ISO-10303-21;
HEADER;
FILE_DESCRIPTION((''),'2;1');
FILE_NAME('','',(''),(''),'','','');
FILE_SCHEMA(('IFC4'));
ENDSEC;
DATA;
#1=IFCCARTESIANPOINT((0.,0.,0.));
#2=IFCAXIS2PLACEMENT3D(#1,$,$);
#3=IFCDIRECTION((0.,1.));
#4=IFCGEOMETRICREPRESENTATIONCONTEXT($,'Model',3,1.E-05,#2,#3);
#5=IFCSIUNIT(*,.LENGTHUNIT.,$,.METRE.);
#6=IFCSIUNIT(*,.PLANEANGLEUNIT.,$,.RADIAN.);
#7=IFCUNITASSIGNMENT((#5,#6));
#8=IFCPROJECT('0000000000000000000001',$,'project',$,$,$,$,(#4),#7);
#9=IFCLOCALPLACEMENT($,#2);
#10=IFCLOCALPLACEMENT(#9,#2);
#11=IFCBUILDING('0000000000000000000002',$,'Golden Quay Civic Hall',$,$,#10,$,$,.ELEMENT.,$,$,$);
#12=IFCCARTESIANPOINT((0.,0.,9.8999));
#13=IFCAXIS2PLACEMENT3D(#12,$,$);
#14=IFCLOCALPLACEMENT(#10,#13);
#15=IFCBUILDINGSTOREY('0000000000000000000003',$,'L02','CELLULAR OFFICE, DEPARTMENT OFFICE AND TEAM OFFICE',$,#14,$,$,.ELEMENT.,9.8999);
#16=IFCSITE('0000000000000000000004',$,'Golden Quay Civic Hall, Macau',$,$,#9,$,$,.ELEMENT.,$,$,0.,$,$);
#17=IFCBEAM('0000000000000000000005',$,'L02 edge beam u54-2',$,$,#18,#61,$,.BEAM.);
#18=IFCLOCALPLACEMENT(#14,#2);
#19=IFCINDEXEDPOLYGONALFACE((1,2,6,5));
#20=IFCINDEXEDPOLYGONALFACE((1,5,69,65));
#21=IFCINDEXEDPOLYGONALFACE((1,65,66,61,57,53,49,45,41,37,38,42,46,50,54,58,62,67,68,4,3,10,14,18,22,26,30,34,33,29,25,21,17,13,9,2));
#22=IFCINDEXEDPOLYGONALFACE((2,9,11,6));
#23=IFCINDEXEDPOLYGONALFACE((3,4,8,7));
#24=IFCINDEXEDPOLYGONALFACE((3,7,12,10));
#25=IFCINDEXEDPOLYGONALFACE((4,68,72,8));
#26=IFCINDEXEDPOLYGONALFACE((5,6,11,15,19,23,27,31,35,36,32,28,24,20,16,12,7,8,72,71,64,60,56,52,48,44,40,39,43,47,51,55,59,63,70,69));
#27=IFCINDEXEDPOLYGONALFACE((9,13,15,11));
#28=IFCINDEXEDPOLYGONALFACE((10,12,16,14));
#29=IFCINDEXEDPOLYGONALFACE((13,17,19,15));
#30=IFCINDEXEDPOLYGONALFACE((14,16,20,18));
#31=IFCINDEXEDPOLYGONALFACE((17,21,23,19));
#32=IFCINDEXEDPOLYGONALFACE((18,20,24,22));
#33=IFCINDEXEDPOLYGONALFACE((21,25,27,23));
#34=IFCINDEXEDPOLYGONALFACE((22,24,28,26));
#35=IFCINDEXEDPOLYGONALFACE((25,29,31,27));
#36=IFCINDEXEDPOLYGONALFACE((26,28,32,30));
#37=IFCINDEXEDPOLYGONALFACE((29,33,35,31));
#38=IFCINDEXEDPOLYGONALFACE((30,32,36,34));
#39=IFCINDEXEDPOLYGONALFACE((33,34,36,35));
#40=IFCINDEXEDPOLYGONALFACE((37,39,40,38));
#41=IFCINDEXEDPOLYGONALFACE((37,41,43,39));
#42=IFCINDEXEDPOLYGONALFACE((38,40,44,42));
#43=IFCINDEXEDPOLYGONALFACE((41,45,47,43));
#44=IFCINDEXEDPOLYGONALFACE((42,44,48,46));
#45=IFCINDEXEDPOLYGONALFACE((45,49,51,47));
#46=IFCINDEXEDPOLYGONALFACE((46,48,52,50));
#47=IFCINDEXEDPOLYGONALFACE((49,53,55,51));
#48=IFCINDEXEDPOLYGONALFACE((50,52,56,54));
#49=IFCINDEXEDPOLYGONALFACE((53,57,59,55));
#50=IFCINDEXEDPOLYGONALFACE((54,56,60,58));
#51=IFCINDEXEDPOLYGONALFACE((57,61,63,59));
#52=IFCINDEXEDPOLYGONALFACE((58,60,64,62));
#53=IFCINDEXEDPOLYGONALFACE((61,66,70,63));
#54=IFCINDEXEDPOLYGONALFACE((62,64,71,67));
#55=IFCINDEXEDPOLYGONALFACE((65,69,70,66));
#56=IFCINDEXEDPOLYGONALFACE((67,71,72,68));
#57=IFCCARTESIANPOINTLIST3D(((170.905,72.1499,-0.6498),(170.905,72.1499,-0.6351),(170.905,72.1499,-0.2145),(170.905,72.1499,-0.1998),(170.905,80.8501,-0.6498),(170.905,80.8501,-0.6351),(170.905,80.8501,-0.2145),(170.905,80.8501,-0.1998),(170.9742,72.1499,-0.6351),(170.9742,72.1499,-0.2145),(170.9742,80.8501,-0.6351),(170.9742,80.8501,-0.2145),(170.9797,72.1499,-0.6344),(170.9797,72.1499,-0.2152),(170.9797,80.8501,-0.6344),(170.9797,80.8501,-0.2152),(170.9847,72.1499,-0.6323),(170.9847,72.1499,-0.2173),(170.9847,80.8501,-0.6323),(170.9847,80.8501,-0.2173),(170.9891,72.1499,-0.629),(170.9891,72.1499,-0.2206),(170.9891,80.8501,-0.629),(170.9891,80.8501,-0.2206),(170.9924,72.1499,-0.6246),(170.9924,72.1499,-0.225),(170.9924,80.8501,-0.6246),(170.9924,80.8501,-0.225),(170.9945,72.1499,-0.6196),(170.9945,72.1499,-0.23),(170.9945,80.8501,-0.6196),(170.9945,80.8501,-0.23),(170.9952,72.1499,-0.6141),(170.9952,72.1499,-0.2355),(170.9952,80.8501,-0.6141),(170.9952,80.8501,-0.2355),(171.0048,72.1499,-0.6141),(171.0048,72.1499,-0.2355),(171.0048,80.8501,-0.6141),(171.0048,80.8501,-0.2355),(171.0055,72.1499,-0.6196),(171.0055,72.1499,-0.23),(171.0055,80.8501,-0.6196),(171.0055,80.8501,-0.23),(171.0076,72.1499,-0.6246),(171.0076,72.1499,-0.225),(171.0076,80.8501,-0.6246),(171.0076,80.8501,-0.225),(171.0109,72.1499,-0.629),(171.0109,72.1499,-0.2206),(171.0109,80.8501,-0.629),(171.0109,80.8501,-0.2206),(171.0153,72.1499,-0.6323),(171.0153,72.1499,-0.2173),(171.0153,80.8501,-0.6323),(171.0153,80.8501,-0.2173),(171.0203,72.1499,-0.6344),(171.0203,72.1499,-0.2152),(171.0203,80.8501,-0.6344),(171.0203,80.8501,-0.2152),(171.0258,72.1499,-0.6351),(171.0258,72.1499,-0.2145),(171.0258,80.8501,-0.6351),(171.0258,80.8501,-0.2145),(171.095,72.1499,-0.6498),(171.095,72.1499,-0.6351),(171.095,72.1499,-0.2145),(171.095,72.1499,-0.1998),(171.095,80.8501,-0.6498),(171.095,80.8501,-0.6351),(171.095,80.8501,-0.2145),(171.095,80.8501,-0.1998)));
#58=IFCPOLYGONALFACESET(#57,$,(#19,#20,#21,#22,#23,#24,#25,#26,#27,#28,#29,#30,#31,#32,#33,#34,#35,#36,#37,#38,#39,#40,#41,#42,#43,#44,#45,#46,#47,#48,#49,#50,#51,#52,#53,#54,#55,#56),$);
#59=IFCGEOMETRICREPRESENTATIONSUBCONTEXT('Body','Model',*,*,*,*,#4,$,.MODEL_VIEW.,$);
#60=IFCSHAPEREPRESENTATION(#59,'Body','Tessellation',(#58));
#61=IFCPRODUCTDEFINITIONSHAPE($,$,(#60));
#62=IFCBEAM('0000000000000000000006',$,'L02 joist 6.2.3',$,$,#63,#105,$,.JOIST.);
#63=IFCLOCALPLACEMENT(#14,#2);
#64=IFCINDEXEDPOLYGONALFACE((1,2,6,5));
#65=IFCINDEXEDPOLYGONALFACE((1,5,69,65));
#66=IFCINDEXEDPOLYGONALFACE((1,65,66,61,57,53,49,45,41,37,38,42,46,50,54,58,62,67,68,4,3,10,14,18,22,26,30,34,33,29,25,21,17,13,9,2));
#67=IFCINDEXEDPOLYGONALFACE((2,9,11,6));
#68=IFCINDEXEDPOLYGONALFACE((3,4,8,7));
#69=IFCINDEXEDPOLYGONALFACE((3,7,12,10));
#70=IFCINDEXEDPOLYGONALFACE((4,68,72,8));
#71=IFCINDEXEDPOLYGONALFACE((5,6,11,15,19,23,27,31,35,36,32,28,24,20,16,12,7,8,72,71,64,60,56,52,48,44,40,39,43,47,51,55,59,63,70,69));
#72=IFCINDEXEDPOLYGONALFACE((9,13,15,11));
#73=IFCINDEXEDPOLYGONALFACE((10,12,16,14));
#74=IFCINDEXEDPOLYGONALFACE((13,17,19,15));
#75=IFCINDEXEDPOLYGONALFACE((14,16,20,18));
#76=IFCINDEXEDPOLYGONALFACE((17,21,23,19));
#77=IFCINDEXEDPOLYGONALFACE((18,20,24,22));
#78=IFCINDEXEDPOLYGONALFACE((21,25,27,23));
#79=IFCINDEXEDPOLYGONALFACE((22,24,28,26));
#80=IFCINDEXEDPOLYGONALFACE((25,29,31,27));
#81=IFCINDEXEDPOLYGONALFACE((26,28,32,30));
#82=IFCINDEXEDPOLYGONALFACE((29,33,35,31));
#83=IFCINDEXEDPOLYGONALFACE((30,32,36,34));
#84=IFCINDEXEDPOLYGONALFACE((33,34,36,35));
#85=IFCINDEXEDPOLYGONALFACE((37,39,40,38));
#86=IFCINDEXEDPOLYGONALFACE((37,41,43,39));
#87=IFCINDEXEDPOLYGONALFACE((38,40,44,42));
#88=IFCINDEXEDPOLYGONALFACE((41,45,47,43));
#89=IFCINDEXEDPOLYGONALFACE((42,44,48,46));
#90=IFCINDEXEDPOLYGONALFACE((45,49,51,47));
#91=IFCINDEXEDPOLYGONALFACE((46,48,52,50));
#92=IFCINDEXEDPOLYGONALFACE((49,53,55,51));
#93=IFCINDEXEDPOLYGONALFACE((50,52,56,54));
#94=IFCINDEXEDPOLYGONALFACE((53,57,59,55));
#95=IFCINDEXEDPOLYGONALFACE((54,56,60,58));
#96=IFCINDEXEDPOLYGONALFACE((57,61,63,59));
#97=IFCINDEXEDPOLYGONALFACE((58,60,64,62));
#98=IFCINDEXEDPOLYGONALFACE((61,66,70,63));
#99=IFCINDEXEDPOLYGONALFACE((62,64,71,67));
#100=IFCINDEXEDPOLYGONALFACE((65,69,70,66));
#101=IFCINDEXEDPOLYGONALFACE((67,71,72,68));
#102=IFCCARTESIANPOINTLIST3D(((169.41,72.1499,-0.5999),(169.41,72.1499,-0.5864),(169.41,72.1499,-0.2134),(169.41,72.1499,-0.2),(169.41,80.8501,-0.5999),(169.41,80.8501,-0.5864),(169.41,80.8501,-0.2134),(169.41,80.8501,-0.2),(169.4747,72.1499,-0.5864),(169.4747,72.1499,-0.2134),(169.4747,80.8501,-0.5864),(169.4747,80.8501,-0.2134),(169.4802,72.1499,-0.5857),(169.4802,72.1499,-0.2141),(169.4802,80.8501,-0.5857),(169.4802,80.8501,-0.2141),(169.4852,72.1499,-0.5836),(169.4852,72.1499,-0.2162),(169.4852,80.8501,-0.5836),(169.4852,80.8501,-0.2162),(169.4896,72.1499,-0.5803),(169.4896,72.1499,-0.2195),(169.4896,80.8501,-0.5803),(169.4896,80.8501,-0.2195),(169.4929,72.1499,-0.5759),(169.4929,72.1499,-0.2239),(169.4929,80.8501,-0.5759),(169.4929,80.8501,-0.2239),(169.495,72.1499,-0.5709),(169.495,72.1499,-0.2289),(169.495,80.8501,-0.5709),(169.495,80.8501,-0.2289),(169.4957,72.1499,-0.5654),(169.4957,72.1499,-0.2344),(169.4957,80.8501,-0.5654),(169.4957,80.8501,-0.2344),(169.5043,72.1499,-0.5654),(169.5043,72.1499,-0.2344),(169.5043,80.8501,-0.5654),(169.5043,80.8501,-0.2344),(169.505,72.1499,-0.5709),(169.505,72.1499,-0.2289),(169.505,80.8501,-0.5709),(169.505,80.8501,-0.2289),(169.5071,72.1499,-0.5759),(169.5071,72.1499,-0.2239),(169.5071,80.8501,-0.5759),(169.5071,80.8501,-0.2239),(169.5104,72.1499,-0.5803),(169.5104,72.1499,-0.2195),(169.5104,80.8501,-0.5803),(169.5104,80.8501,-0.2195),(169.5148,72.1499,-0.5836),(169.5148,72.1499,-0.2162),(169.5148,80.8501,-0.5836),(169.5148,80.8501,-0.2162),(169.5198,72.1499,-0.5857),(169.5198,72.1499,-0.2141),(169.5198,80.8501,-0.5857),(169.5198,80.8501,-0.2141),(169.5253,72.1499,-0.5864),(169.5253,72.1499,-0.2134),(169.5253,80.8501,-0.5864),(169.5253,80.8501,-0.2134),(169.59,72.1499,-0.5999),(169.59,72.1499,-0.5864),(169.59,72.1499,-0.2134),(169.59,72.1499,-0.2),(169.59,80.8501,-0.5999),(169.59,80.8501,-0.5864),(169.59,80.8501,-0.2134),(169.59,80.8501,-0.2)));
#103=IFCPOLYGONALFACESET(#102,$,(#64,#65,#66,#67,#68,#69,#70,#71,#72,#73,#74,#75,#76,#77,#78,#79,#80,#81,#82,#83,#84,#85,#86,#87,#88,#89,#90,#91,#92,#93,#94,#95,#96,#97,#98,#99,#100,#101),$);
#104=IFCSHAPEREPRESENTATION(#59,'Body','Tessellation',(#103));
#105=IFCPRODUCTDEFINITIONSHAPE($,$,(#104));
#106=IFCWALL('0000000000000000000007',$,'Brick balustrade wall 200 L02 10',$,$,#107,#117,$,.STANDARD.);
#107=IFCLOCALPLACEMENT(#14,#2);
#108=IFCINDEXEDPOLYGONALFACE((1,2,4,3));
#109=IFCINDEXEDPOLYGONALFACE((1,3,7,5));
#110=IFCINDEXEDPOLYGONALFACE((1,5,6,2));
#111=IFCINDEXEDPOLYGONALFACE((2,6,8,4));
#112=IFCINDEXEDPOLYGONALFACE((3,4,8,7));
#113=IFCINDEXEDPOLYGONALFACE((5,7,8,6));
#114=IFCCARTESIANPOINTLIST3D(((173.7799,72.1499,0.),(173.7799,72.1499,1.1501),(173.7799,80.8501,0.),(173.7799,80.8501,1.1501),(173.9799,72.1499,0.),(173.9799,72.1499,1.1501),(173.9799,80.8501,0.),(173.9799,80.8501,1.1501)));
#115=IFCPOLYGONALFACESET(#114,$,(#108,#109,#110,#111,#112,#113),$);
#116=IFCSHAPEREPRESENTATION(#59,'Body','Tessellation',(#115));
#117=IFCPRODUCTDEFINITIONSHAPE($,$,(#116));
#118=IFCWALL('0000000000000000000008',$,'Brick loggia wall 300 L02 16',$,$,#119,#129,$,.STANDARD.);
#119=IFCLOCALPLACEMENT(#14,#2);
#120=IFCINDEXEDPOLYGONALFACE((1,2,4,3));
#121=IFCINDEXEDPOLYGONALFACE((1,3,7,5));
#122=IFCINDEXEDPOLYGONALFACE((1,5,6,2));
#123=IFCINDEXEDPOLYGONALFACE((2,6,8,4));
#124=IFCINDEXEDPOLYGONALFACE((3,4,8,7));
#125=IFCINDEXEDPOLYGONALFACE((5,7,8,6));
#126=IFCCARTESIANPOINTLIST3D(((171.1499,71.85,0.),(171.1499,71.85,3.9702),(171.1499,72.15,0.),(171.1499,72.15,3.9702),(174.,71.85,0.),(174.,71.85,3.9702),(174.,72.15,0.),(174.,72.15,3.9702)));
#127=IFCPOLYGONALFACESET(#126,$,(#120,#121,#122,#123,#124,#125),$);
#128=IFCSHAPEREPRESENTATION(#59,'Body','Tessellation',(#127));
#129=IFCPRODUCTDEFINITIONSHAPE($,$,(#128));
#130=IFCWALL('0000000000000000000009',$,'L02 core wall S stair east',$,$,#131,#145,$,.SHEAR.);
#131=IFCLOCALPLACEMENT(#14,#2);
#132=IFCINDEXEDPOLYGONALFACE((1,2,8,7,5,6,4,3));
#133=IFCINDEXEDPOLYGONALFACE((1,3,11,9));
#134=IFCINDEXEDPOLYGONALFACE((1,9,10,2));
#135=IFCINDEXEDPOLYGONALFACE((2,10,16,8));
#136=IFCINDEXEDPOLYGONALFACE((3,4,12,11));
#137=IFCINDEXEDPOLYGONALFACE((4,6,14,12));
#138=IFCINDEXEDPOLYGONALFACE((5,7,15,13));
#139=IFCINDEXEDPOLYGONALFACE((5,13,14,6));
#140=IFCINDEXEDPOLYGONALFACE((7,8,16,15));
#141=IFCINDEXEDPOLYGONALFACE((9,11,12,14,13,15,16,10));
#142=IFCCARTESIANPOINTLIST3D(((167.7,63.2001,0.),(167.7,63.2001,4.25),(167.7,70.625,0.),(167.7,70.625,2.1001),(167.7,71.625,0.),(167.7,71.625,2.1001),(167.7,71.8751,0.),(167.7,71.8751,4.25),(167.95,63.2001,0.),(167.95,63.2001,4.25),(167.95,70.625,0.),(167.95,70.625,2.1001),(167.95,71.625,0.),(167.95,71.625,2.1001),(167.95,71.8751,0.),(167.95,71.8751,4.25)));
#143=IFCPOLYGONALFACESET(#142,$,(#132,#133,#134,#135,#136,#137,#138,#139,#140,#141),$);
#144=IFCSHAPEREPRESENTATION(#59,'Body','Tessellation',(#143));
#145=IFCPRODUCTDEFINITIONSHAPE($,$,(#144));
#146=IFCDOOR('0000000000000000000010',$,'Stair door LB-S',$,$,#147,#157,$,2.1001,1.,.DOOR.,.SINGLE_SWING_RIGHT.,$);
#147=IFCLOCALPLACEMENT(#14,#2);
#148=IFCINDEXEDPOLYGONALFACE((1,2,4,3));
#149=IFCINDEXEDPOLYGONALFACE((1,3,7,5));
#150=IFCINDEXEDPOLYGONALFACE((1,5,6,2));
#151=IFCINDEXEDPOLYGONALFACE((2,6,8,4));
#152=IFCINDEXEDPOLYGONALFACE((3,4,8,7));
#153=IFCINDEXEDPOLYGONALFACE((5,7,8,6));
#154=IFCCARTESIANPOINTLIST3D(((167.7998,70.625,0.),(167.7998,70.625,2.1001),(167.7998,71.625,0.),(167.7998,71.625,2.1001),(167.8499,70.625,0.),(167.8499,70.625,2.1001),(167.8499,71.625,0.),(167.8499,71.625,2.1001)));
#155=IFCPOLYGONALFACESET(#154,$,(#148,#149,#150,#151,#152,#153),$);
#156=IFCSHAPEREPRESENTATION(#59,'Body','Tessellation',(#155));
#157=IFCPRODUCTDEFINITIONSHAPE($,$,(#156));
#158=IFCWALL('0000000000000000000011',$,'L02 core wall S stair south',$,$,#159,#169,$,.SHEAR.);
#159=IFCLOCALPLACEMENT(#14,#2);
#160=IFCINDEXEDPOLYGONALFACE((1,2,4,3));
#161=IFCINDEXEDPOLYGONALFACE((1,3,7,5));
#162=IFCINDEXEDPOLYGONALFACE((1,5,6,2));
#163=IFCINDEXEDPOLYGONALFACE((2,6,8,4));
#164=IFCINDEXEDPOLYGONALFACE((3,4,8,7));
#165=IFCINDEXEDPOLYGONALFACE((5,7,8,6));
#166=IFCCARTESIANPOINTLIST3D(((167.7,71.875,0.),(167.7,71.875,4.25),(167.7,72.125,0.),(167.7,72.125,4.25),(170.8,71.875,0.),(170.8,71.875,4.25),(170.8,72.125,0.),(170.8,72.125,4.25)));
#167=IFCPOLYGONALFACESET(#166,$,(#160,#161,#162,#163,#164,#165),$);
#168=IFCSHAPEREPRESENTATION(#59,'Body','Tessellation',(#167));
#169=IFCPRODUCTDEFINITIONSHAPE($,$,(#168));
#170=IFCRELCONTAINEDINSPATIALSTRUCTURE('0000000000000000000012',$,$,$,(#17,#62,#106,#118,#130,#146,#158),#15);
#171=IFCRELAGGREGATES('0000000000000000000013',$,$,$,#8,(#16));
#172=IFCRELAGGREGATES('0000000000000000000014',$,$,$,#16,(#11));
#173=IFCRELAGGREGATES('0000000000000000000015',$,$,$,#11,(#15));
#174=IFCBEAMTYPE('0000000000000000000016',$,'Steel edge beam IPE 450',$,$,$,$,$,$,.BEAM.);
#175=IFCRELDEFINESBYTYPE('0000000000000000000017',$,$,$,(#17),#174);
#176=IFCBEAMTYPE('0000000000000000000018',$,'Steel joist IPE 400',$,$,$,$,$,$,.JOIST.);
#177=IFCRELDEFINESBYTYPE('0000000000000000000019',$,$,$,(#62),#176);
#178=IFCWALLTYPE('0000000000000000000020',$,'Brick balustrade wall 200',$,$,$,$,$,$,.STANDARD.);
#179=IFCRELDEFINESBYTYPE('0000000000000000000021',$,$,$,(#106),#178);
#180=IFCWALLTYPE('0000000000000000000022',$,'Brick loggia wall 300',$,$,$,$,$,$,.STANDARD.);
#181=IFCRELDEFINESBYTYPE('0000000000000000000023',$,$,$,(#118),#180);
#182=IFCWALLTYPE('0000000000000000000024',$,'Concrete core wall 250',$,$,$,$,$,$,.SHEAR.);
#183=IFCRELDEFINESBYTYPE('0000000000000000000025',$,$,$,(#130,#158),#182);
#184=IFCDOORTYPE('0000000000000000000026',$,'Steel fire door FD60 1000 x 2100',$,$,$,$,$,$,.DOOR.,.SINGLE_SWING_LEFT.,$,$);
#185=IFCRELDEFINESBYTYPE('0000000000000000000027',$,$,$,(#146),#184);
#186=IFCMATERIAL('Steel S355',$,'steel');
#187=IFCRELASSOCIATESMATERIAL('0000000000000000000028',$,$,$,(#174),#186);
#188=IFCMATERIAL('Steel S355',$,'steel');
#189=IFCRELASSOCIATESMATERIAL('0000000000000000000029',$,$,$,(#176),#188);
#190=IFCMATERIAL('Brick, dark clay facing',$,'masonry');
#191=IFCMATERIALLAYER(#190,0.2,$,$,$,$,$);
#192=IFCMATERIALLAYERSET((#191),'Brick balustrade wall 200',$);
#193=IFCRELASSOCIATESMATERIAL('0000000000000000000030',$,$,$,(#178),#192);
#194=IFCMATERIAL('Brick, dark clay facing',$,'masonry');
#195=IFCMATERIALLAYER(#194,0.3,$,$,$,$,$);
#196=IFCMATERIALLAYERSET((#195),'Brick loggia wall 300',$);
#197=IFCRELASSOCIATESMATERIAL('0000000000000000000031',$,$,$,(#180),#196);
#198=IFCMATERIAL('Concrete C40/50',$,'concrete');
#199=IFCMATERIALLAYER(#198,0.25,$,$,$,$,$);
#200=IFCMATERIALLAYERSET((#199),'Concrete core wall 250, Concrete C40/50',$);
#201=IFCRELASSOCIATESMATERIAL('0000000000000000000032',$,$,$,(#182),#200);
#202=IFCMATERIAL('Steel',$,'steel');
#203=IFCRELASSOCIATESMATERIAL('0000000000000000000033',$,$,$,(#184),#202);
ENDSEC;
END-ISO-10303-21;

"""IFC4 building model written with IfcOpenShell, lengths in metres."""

from ifc_helpers import new_model, si_unit, direction, frame, frame_2d, origin, origin_2d, place, context, subcontext, project, spatial, rectangle, i_section, extrude, material, layer, layer_set, material_profile, profile_set, type_object, element, fill, save


model = new_model("IFC4")

# Units and contexts
model_context = context("Model", 3, precision=1e-05, world=origin(), true_north=direction((0.0, 1.0)))
body_context = subcontext(model_context, "Body", "Model", "MODEL_VIEW")
ifc_project = project(units=[si_unit("LENGTHUNIT", "METRE"), si_unit("PLANEANGLEUNIT", "RADIAN")], contexts=[model_context])

# Site, building, storey
site_placement = place(None, origin())
site = spatial("IfcSite", under=ifc_project, at=site_placement, Name="Golden Quay Civic Hall, Macau", CompositionType="ELEMENT", RefElevation=0.0)
building_placement = place(site_placement, origin())
building = spatial("IfcBuilding", under=site, at=building_placement, Name="Golden Quay Civic Hall", CompositionType="ELEMENT")
storey_placement = place(building_placement, frame((0.0, 0.0, 9.8999)))
storey = spatial("IfcBuildingStorey", under=building, at=storey_placement, Name="L02", Description="CELLULAR OFFICE, DEPARTMENT OFFICE AND TEAM OFFICE", CompositionType="ELEMENT", Elevation=9.8999)

# Beams
ifc_material_1 = material(Name="Steel S355", Category="steel")
ifc_material_profile_1 = material_profile(ifc_material_1, i_section(OverallWidth=0.1899, OverallDepth=0.45, WebThickness=0.0095, FlangeThickness=0.0146, FilletRadius=0.021, at=origin_2d()), Name="IPE 450")
ifc_profile_set_1 = profile_set([ifc_material_profile_1], Name="Steel S355")
beam_type_1 = type_object("IfcBeamType", Name="Steel edge beam IPE 450", PredefinedType="BEAM", material=ifc_profile_set_1)
beam_1_placement = place(storey_placement, frame((171.0, 72.1499, -0.4248), z_axis=(0.0, 1.0, 0.0), x_axis=(-1.0, 0.0, 0.0)))
element("IfcBeam", 1, at=beam_1_placement, inside=storey, type_object=beam_type_1, Name="L02 edge beam u54-2", PredefinedType="BEAM", context=body_context, shape_type="SweptSolid", body=[
    extrude(i_section(OverallWidth=0.1899, OverallDepth=0.45, WebThickness=0.0095, FlangeThickness=0.0146, FilletRadius=0.021, at=origin_2d()), origin(), (0.0, 0.0, 1.0), 8.7002),
])
ifc_material_2 = material(Name="Steel S355", Category="steel")
ifc_material_profile_2 = material_profile(ifc_material_2, i_section(OverallWidth=0.1799, OverallDepth=0.3999, WebThickness=0.0085, FlangeThickness=0.0134, FilletRadius=0.021, at=origin_2d()), Name="IPE 400")
ifc_profile_set_2 = profile_set([ifc_material_profile_2], Name="Steel S355")
beam_type_2 = type_object("IfcBeamType", Name="Steel joist IPE 400", PredefinedType="JOIST", material=ifc_profile_set_2)
beam_2_placement = place(storey_placement, frame((169.5, 72.1499, -0.3999), z_axis=(0.0, 1.0, 0.0), x_axis=(-1.0, 0.0, 0.0)))
element("IfcBeam", 2, at=beam_2_placement, inside=storey, type_object=beam_type_2, Name="L02 joist 6.2.3", PredefinedType="JOIST", context=body_context, shape_type="SweptSolid", body=[
    extrude(i_section(OverallWidth=0.1799, OverallDepth=0.3999, WebThickness=0.0085, FlangeThickness=0.0134, FilletRadius=0.021, at=origin_2d()), origin(), (0.0, 0.0, 1.0), 8.7002),
])

# Wall
ifc_material_3 = material(Name="Brick, dark clay facing", Category="masonry")
ifc_layer_1 = layer(ifc_material_3, 0.2)
ifc_layer_set_1 = layer_set([ifc_layer_1], Name="Brick balustrade wall 200")
wall_type_1 = type_object("IfcWallType", Name="Brick balustrade wall 200", PredefinedType="STANDARD", material=ifc_layer_set_1)
wall_1_placement = place(storey_placement, frame((173.8799, 72.1499, 0.0), z_axis=(0.0, 0.0, 1.0), x_axis=(0.0, 1.0, 0.0)))
element("IfcWall", 3, at=wall_1_placement, inside=storey, type_object=wall_type_1, Name="Brick balustrade wall 200 L02 10", PredefinedType="STANDARD", context=body_context, shape_type="SweptSolid", body=[
    extrude(rectangle(XDim=8.7002, YDim=0.2, at=frame_2d((4.3501, 0.0))), origin(), (0.0, 0.0, 1.0), 1.1501),
])

# Wall
ifc_material_4 = material(Name="Brick, dark clay facing", Category="masonry")
ifc_layer_2 = layer(ifc_material_4, 0.3)
ifc_layer_set_2 = layer_set([ifc_layer_2], Name="Brick loggia wall 300")
wall_type_2 = type_object("IfcWallType", Name="Brick loggia wall 300", PredefinedType="STANDARD", material=ifc_layer_set_2)
wall_2_placement = place(storey_placement, frame((171.1499, 72.0, 0.0), z_axis=(0.0, 0.0, 1.0), x_axis=(1.0, 0.0, 0.0)))
element("IfcWall", 4, at=wall_2_placement, inside=storey, type_object=wall_type_2, Name="Brick loggia wall 300 L02 16", PredefinedType="STANDARD", context=body_context, shape_type="SweptSolid", body=[
    extrude(rectangle(XDim=2.8501, YDim=0.3, at=frame_2d((1.425, 0.0))), origin(), (0.0, 0.0, 1.0), 3.9702),
])

# Wall, opening, door
ifc_material_5 = material(Name="Concrete C40/50", Category="concrete")
ifc_layer_3 = layer(ifc_material_5, 0.25)
ifc_layer_set_3 = layer_set([ifc_layer_3], Name="Concrete core wall 250, Concrete C40/50")
wall_type_3 = type_object("IfcWallType", Name="Concrete core wall 250", PredefinedType="SHEAR", material=ifc_layer_set_3)
wall_3_placement = place(storey_placement, frame((167.825, 71.875, 0.0), z_axis=(0.0, 0.0, 1.0), x_axis=(0.0, -1.0, 0.0)))
wall_3 = element("IfcWall", 5, at=wall_3_placement, inside=storey, type_object=wall_type_3, Name="L02 core wall S stair east", PredefinedType="SHEAR", context=body_context, shape_type="SweptSolid", body=[
    extrude(rectangle(XDim=8.675, YDim=0.25, at=frame_2d((4.3374, 0.0))), origin(), (0.0, 0.0, 1.0), 4.25),
])
opening_1_placement = place(wall_3_placement, frame((0.25, 0.0, 0.0)))
opening_1 = element("IfcOpeningElement", 6, at=opening_1_placement, cuts=wall_3, PredefinedType="OPENING", context=body_context, shape_type="SweptSolid", body=[
    extrude(rectangle(XDim=1.0, YDim=2.1001, at=frame_2d((0.5, 1.05))), frame((0.0, 0.135, 0.0), z_axis=(0.0, -1.0, 0.0), x_axis=(1.0, 0.0, 0.0)), (0.0, 0.0, 1.0), 0.27),
])
ifc_material_6 = material(Name="Steel", Category="steel")
door_type_1 = type_object("IfcDoorType", Name="Steel fire door FD60 1000 x 2100", OperationType="SINGLE_SWING_LEFT", PredefinedType="DOOR", material=ifc_material_6)
door_1_placement = place(opening_1_placement, frame((1.0, 0.0, 0.0), z_axis=(0.0, 0.0, 1.0), x_axis=(-1.0, 0.0, 0.0)))
door_1 = element("IfcDoor", 7, at=door_1_placement, inside=storey, type_object=door_type_1, Name="Stair door LB-S", OperationType="SINGLE_SWING_RIGHT", OverallHeight=2.1001, OverallWidth=1.0, PredefinedType="DOOR", context=body_context, shape_type="SweptSolid", body=[
    extrude(rectangle(XDim=1.0, YDim=2.1001, at=frame_2d((0.5, 1.05))), frame((0.0, 0.0251, 0.0), z_axis=(0.0, -1.0, 0.0), x_axis=(1.0, 0.0, 0.0)), (0.0, 0.0, 1.0), 0.05),
])
fill(opening_1, door_1)

# Wall
wall_4_placement = place(storey_placement, frame((170.8, 72.0, 0.0), z_axis=(0.0, 0.0, 1.0), x_axis=(-1.0, 0.0, 0.0)))
element("IfcWall", 8, at=wall_4_placement, inside=storey, type_object=wall_type_3, Name="L02 core wall S stair south", PredefinedType="SHEAR", context=body_context, shape_type="SweptSolid", body=[
    extrude(rectangle(XDim=3.1001, YDim=0.25, at=frame_2d((1.55, 0.0))), origin(), (0.0, 0.0, 1.0), 4.25),
])

save(model, "model.ifc")
